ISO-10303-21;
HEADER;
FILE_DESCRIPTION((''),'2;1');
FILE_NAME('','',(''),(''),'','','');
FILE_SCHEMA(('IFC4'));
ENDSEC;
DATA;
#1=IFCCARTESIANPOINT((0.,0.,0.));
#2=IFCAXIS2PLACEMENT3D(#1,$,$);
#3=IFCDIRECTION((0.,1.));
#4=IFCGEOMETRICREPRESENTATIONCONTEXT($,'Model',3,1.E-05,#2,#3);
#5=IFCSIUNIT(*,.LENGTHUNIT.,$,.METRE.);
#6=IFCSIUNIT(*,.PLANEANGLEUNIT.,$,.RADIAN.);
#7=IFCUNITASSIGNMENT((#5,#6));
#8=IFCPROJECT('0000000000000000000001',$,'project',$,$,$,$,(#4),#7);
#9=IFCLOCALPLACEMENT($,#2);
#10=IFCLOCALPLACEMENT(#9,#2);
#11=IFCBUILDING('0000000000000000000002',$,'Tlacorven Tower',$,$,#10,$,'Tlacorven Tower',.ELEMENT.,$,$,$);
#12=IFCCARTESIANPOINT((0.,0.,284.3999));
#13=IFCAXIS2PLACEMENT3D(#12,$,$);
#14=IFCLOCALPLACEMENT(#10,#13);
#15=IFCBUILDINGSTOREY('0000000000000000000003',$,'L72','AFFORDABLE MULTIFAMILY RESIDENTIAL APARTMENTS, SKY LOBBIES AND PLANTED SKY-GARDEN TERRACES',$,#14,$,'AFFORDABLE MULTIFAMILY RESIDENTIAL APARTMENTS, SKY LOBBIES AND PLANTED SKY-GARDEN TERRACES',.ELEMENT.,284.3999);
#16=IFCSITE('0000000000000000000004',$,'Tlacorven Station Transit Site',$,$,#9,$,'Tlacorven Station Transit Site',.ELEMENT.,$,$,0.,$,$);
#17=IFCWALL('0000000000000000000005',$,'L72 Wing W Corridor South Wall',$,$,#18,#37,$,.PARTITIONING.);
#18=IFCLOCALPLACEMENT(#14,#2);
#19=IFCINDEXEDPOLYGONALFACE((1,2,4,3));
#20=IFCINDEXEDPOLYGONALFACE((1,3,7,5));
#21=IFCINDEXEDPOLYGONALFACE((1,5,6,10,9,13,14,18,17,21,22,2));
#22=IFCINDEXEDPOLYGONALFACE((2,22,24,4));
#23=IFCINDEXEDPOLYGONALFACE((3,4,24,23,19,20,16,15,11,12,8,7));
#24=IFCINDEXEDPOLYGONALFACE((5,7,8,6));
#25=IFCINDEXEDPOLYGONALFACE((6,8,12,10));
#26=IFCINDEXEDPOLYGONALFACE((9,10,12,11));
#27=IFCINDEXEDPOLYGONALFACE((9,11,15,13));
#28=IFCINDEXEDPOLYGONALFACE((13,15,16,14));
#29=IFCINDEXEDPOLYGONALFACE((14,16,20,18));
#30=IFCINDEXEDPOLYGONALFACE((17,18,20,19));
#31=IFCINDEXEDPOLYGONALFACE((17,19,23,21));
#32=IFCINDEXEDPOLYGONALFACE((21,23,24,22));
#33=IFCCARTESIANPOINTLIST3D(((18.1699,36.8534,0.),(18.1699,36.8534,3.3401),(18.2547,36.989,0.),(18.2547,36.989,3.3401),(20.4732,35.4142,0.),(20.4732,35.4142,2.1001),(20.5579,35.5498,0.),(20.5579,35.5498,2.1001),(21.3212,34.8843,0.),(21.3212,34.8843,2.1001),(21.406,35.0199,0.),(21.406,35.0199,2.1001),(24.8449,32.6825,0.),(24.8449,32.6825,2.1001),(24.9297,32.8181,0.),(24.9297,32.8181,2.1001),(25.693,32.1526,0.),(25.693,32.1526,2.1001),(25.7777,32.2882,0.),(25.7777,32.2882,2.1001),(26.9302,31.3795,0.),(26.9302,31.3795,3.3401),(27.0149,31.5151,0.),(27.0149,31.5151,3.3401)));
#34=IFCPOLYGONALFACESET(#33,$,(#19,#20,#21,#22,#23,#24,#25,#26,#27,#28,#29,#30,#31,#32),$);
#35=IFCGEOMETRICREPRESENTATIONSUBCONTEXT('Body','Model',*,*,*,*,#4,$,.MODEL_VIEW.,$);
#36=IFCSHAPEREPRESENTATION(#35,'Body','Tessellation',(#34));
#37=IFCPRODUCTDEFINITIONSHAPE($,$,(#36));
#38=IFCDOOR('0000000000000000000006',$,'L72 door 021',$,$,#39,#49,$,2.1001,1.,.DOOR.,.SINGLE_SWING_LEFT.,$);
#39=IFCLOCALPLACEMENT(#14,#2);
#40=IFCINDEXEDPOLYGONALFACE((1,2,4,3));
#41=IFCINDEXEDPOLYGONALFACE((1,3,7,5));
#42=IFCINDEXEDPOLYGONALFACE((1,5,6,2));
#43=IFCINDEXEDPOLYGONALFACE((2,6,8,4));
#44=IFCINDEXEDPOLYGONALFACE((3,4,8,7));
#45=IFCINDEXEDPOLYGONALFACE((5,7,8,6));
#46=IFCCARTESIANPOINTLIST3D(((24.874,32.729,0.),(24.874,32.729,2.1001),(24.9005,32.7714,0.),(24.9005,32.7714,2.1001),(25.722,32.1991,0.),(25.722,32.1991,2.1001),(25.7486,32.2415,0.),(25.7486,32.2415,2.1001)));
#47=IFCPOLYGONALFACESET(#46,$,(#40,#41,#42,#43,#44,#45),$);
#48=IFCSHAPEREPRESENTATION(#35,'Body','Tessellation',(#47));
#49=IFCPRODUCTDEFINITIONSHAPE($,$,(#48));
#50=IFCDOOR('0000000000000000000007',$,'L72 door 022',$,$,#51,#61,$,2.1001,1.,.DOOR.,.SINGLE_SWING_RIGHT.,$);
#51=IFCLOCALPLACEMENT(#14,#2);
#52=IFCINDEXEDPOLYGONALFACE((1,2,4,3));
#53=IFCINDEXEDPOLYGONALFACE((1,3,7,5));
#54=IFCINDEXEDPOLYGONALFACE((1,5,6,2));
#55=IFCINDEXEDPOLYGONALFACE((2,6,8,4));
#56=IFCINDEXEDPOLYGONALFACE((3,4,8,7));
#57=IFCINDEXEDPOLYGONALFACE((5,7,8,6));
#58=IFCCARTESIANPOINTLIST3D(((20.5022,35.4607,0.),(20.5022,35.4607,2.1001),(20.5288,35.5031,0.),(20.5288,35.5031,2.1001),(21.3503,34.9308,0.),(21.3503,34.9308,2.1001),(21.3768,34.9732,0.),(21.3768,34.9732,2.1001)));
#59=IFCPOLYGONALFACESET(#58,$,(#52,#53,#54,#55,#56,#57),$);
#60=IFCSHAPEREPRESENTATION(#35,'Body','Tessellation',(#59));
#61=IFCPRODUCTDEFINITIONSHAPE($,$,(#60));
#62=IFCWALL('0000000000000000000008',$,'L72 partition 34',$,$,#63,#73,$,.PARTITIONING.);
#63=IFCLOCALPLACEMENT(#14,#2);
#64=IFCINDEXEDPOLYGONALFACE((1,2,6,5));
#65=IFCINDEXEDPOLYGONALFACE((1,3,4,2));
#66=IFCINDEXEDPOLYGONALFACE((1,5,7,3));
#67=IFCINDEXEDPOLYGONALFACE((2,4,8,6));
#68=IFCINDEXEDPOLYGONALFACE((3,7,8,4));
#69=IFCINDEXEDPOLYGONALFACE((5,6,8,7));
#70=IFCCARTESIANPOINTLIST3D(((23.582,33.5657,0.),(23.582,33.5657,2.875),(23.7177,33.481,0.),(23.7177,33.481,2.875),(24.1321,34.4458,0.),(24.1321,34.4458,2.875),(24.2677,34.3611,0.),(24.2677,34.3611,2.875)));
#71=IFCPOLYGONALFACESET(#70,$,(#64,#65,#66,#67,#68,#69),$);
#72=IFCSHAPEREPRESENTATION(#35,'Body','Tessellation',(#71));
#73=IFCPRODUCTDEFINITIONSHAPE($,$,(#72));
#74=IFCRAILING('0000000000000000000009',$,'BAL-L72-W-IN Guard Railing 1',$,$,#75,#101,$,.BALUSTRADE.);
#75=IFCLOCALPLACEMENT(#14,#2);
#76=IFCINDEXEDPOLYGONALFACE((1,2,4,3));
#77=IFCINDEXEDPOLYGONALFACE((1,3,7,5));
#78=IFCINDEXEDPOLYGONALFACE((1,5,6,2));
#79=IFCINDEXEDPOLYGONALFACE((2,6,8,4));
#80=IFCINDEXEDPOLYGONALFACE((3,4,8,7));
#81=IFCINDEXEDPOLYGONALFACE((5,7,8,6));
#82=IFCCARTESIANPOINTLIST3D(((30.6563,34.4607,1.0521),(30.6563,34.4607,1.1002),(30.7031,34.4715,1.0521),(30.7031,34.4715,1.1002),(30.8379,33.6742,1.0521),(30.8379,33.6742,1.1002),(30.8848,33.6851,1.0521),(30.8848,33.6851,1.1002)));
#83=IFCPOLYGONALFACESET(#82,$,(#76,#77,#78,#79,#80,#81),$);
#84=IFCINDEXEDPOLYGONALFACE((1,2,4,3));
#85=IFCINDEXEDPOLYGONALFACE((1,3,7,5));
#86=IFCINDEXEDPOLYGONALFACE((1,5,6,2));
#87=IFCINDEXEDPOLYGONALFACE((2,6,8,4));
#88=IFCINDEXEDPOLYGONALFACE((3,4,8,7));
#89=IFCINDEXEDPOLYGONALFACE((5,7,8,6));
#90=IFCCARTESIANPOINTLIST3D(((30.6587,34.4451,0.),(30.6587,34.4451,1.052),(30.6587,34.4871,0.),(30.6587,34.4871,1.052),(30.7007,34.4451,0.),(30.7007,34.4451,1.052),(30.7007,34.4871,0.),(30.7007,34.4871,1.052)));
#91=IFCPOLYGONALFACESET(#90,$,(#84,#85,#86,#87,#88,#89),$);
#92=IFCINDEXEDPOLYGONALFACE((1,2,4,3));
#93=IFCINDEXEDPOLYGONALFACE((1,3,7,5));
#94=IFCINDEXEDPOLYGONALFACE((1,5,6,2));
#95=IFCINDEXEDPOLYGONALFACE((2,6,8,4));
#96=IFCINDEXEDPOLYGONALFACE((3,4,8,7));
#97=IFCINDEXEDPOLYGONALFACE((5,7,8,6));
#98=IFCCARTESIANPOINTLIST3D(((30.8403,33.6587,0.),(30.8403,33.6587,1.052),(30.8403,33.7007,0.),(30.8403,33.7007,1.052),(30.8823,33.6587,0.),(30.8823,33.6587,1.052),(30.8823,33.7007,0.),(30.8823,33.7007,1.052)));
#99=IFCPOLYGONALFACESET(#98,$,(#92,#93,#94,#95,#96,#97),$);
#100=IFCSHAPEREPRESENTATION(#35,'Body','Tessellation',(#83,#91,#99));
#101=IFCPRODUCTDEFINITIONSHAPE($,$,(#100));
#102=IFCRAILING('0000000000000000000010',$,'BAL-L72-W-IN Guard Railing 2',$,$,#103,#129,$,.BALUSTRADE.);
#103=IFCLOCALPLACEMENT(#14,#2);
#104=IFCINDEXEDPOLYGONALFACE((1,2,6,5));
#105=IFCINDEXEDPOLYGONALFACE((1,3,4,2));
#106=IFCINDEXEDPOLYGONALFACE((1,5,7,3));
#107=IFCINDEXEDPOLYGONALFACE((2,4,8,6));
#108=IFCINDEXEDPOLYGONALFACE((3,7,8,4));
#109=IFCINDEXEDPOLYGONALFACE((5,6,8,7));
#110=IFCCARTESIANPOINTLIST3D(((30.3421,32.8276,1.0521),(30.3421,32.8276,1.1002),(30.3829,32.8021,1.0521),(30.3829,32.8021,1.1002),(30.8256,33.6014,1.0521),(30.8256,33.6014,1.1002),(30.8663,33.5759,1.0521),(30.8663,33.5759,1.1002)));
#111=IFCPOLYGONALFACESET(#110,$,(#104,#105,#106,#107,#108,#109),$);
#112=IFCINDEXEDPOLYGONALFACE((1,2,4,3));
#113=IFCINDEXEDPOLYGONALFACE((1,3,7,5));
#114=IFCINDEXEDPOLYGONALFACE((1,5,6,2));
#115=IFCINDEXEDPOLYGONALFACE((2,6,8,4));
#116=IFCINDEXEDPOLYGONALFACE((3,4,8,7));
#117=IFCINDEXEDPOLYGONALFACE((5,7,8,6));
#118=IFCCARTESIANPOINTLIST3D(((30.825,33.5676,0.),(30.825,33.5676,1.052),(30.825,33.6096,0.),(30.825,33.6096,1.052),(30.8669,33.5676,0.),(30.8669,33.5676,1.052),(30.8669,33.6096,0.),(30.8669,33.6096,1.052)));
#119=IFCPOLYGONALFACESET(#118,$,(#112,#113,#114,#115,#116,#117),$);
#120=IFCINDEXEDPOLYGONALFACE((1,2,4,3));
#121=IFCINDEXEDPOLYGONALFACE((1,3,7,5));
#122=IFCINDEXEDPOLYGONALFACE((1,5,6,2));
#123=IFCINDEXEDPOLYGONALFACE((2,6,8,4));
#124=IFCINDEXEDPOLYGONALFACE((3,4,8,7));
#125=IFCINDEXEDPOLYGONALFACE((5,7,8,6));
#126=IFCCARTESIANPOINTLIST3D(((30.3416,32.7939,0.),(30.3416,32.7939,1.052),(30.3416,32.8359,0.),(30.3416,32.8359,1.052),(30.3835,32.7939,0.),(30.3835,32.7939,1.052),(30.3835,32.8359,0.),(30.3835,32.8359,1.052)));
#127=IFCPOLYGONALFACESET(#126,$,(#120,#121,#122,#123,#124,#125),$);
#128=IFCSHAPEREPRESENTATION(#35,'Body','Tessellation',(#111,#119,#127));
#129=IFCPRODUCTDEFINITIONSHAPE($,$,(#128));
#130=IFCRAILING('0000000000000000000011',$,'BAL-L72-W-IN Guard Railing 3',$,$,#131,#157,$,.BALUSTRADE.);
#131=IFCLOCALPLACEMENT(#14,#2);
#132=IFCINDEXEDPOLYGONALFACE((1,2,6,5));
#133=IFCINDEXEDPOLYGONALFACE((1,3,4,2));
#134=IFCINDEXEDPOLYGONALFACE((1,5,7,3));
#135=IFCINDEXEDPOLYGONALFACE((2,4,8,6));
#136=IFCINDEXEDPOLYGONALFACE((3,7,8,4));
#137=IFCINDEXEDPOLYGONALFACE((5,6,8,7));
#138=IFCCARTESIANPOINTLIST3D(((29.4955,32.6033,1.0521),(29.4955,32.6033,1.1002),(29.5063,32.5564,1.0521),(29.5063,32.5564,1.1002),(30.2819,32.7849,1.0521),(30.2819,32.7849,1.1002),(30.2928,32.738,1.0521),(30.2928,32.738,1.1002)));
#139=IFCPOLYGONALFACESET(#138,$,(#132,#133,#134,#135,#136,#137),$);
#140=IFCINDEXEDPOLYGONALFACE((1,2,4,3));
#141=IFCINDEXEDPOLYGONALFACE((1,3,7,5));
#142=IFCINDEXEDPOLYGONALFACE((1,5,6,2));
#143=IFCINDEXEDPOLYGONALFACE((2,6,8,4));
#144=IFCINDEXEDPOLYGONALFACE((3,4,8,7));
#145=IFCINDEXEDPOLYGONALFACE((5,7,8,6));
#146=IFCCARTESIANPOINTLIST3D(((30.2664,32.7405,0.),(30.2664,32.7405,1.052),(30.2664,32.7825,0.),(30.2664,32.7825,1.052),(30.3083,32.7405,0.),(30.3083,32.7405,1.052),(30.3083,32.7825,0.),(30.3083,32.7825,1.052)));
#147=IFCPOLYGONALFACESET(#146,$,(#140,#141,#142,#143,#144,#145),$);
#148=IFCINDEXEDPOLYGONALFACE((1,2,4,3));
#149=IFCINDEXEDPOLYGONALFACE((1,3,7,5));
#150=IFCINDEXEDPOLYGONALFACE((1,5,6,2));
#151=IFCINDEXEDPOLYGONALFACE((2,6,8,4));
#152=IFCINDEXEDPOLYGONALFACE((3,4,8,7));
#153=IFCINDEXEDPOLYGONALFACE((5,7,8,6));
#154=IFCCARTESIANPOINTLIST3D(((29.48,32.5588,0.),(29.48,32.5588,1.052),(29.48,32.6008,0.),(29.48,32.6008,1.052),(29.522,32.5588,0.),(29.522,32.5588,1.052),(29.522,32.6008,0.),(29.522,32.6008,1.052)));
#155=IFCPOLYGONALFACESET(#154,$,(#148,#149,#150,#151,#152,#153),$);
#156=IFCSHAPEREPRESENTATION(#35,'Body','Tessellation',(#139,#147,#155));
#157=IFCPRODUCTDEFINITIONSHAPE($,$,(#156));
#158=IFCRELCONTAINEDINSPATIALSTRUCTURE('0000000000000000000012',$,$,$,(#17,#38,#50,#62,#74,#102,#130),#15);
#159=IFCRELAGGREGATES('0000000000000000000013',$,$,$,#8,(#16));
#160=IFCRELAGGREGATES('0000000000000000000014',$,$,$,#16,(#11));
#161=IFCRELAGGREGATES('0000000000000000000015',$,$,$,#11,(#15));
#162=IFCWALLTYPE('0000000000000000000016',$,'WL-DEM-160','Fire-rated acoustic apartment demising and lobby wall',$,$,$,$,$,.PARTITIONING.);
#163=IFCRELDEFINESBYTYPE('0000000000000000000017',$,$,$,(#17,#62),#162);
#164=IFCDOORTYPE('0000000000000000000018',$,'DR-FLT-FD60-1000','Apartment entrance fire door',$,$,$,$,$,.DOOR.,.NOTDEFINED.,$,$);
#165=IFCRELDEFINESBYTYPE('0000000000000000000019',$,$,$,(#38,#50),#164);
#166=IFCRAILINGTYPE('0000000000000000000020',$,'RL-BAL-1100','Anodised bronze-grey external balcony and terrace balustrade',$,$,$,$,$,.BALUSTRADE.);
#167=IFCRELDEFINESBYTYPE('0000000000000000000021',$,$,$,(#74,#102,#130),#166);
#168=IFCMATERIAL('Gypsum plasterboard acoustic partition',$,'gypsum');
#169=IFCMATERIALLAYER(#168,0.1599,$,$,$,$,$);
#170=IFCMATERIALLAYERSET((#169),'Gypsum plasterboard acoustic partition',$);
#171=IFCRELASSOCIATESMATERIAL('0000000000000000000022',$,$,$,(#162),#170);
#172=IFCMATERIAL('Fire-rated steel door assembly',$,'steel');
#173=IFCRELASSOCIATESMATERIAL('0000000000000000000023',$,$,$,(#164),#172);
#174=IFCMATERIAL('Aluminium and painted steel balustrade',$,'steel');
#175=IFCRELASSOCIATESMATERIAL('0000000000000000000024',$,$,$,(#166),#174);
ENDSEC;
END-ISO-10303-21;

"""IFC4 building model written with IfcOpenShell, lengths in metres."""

from ifc_helpers import new_model, si_unit, direction, frame, frame_2d, origin, origin_2d, place, context, subcontext, project, spatial, rectangle, extrude, source, transform, mapped, material, layer, layer_set, type_object, element, fill, save


model = new_model("IFC4")

# Units and contexts
model_context = context("Model", 3, precision=1e-05, world=origin(), true_north=direction((0.0, 1.0)))
body_context = subcontext(model_context, "Body", "Model", "MODEL_VIEW")
ifc_project = project(units=[si_unit("LENGTHUNIT", "METRE"), si_unit("PLANEANGLEUNIT", "RADIAN")], contexts=[model_context])

# Site, building, storey
site_placement = place(None, origin())
site = spatial("IfcSite", under=ifc_project, at=site_placement, Name="Tlacorven Station Transit Site", LongName="Tlacorven Station Transit Site", CompositionType="ELEMENT", RefElevation=0.0)
building_placement = place(site_placement, origin())
building = spatial("IfcBuilding", under=site, at=building_placement, Name="Tlacorven Tower", LongName="Tlacorven Tower", CompositionType="ELEMENT")
storey_placement = place(building_placement, frame((0.0, 0.0, 284.3999)))
storey = spatial("IfcBuildingStorey", under=building, at=storey_placement, Name="L72", Description="AFFORDABLE MULTIFAMILY RESIDENTIAL APARTMENTS, SKY LOBBIES AND PLANTED SKY-GARDEN TERRACES", LongName="AFFORDABLE MULTIFAMILY RESIDENTIAL APARTMENTS, SKY LOBBIES AND PLANTED SKY-GARDEN TERRACES", CompositionType="ELEMENT", Elevation=284.3999)

# Shared definitions
ifc_material_1 = material(Name="Gypsum plasterboard acoustic partition", Category="gypsum")
ifc_layer_1 = layer(ifc_material_1, 0.1599)
ifc_layer_set_1 = layer_set([ifc_layer_1], Name="Gypsum plasterboard acoustic partition")
wall_type = type_object("IfcWallType", Name="WL-DEM-160", Description="Fire-rated acoustic apartment demising and lobby wall", PredefinedType="PARTITIONING", material=ifc_layer_set_1)

# Wall, openings, doors
wall_1_placement = place(storey_placement, frame((26.9727, 31.4473, 0.0), z_axis=(0.0, 0.0, 1.0), x_axis=(-0.848054, 0.52991, 0.0)))
wall_1 = element("IfcWall", 1, at=wall_1_placement, inside=storey, type_object=wall_type, Name="L72 Wing W Corridor South Wall", PredefinedType="PARTITIONING", context=body_context, shape_type="SweptSolid", body=[
    extrude(rectangle(XDim=10.3298, YDim=0.1599, at=frame_2d((5.165, 0.0))), origin(), (0.0, 0.0, 1.0), 3.3401),
])
opening_1_placement = place(wall_1_placement, frame((1.459, 0.0, 0.0)))
opening_1 = element("IfcOpeningElement", 2, at=opening_1_placement, cuts=wall_1, PredefinedType="OPENING", context=body_context, shape_type="SweptSolid", body=[
    extrude(rectangle(XDim=1.0, YDim=2.1001, at=frame_2d((0.5, 1.05))), frame((0.0, 0.0898, 0.0), z_axis=(0.0, -1.0, 0.0), x_axis=(1.0, 0.0, 0.0)), (0.0, 0.0, 1.0), 0.1799),
])
opening_2_placement = place(wall_1_placement, frame((6.614, 0.0, 0.0)))
opening_2 = element("IfcOpeningElement", 3, at=opening_2_placement, cuts=wall_1, PredefinedType="OPENING", context=body_context, shape_type="SweptSolid", body=[
    extrude(rectangle(XDim=1.0, YDim=2.1001, at=frame_2d((0.5, 1.05))), frame((0.0, 0.0898, 0.0), z_axis=(0.0, -1.0, 0.0), x_axis=(1.0, 0.0, 0.0)), (0.0, 0.0, 1.0), 0.1799),
])
ifc_material_2 = material(Name="Fire-rated steel door assembly", Category="steel")
door_type = type_object("IfcDoorType", Name="DR-FLT-FD60-1000", Description="Apartment entrance fire door", OperationType="NOTDEFINED", PredefinedType="DOOR", material=ifc_material_2)
shared_shape_1 = source(origin(), body_context, "Body", "SweptSolid", [
    extrude(rectangle(XDim=1.0, YDim=2.1001, at=frame_2d((0.5, 1.05))), frame((0.0, 0.0249, 0.0), z_axis=(0.0, -1.0, 0.0), x_axis=(1.0, 0.0, 0.0)), (0.0, 0.0, 1.0), 0.05),
])
door_1_placement = place(opening_1_placement, frame((1.0, 0.0, 0.0), z_axis=(0.0, 0.0, 1.0), x_axis=(-1.0, 0.0, 0.0)))
door_1 = element("IfcDoor", 4, at=door_1_placement, inside=storey, type_object=door_type, Name="L72 door 021", OperationType="SINGLE_SWING_LEFT", OverallHeight=2.1001, OverallWidth=1.0, PredefinedType="DOOR", context=body_context, shape_type="MappedRepresentation", body=[
    mapped(shared_shape_1, transform((0.0, 0.0, 0.0), scale=1.0)),
])
fill(opening_1, door_1)
door_2_placement = place(opening_2_placement, frame((1.0, 0.0, 0.0), z_axis=(0.0, 0.0, 1.0), x_axis=(-1.0, 0.0, 0.0)))
door_2 = element("IfcDoor", 5, at=door_2_placement, inside=storey, type_object=door_type, Name="L72 door 022", OperationType="SINGLE_SWING_RIGHT", OverallHeight=2.1001, OverallWidth=1.0, PredefinedType="DOOR", context=body_context, shape_type="MappedRepresentation", body=[
    mapped(shared_shape_1, transform((0.0, 0.0, 0.0), scale=1.0)),
])
fill(opening_2, door_2)

# Wall
wall_2_placement = place(storey_placement, frame((24.2, 34.4036, 0.0), z_axis=(0.0, 0.0, 1.0), x_axis=(-0.529978, -0.848012, 0.0)))
element("IfcWall", 6, at=wall_2_placement, inside=storey, type_object=wall_type, Name="L72 partition 34", PredefinedType="PARTITIONING", context=body_context, shape_type="SweptSolid", body=[
    extrude(rectangle(XDim=1.0378, YDim=0.1599, at=frame_2d((0.519, 0.0))), origin(), (0.0, 0.0, 1.0), 2.875),
])

# Railings
ifc_material_3 = material(Name="Aluminium and painted steel balustrade", Category="steel")
railing_type = type_object("IfcRailingType", Name="RL-BAL-1100", Description="Anodised bronze-grey external balcony and terrace balustrade", PredefinedType="BALUSTRADE", material=ifc_material_3)
shared_shape_2 = source(origin(), body_context, "Body", "SweptSolid", [
    extrude(rectangle(XDim=0.0481, YDim=0.0481, at=origin_2d()), frame((0.0, 0.0, 1.0762), z_axis=(0.225058, -0.974345, 0.0), x_axis=(0.974345, 0.225058, 0.0)), (0.0, 0.0, 1.0), 0.8071),
    extrude(rectangle(XDim=0.042, YDim=0.042, at=origin_2d()), origin(), (0.0, 0.0, 1.0), 1.052),
    extrude(rectangle(XDim=0.042, YDim=0.042, at=origin_2d()), frame((0.1816, -0.7864, 0.0)), (0.0, 0.0, 1.0), 1.052),
])
railing_1_placement = place(storey_placement, frame((30.6797, 34.4661, 0.0)))
element("IfcRailing", 7, at=railing_1_placement, inside=storey, type_object=railing_type, Name="BAL-L72-W-IN Guard Railing 1", PredefinedType="BALUSTRADE", context=body_context, shape_type="MappedRepresentation", body=[
    mapped(shared_shape_2, transform((0.0, 0.0, 0.0), scale=1.0)),
])
shared_shape_3 = source(origin(), body_context, "Body", "SweptSolid", [
    extrude(rectangle(XDim=0.0481, YDim=0.0481, at=origin_2d()), frame((0.0, 0.0, 1.0762), z_axis=(-0.529879, -0.848073, 0.0), x_axis=(0.848073, -0.529879, 0.0)), (0.0, 0.0, 1.0), 0.9124),
    extrude(rectangle(XDim=0.042, YDim=0.042, at=origin_2d()), origin(), (0.0, 0.0, 1.0), 1.052),
    extrude(rectangle(XDim=0.042, YDim=0.042, at=origin_2d()), frame((-0.4834, -0.7737, 0.0)), (0.0, 0.0, 1.0), 1.052),
])
railing_2_placement = place(storey_placement, frame((30.8459, 33.5886, 0.0)))
element("IfcRailing", 8, at=railing_2_placement, inside=storey, type_object=railing_type, Name="BAL-L72-W-IN Guard Railing 2", PredefinedType="BALUSTRADE", context=body_context, shape_type="MappedRepresentation", body=[
    mapped(shared_shape_3, transform((0.0, 0.0, 0.0), scale=1.0)),
])
shared_shape_4 = source(origin(), body_context, "Body", "SweptSolid", [
    extrude(rectangle(XDim=0.0481, YDim=0.0481, at=origin_2d()), frame((0.0, 0.0, 1.0762), z_axis=(-0.974345, -0.225058, 0.0), x_axis=(0.225058, -0.974345, 0.0)), (0.0, 0.0, 1.0), 0.8071),
    extrude(rectangle(XDim=0.042, YDim=0.042, at=origin_2d()), origin(), (0.0, 0.0, 1.0), 1.052),
    extrude(rectangle(XDim=0.042, YDim=0.042, at=origin_2d()), frame((-0.7864, -0.1816, 0.0)), (0.0, 0.0, 1.0), 1.052),
])
railing_3_placement = place(storey_placement, frame((30.2874, 32.7615, 0.0)))
element("IfcRailing", 9, at=railing_3_placement, inside=storey, type_object=railing_type, Name="BAL-L72-W-IN Guard Railing 3", PredefinedType="BALUSTRADE", context=body_context, shape_type="MappedRepresentation", body=[
    mapped(shared_shape_4, transform((0.0, 0.0, 0.0), scale=1.0)),
])

save(model, "model.ifc")
